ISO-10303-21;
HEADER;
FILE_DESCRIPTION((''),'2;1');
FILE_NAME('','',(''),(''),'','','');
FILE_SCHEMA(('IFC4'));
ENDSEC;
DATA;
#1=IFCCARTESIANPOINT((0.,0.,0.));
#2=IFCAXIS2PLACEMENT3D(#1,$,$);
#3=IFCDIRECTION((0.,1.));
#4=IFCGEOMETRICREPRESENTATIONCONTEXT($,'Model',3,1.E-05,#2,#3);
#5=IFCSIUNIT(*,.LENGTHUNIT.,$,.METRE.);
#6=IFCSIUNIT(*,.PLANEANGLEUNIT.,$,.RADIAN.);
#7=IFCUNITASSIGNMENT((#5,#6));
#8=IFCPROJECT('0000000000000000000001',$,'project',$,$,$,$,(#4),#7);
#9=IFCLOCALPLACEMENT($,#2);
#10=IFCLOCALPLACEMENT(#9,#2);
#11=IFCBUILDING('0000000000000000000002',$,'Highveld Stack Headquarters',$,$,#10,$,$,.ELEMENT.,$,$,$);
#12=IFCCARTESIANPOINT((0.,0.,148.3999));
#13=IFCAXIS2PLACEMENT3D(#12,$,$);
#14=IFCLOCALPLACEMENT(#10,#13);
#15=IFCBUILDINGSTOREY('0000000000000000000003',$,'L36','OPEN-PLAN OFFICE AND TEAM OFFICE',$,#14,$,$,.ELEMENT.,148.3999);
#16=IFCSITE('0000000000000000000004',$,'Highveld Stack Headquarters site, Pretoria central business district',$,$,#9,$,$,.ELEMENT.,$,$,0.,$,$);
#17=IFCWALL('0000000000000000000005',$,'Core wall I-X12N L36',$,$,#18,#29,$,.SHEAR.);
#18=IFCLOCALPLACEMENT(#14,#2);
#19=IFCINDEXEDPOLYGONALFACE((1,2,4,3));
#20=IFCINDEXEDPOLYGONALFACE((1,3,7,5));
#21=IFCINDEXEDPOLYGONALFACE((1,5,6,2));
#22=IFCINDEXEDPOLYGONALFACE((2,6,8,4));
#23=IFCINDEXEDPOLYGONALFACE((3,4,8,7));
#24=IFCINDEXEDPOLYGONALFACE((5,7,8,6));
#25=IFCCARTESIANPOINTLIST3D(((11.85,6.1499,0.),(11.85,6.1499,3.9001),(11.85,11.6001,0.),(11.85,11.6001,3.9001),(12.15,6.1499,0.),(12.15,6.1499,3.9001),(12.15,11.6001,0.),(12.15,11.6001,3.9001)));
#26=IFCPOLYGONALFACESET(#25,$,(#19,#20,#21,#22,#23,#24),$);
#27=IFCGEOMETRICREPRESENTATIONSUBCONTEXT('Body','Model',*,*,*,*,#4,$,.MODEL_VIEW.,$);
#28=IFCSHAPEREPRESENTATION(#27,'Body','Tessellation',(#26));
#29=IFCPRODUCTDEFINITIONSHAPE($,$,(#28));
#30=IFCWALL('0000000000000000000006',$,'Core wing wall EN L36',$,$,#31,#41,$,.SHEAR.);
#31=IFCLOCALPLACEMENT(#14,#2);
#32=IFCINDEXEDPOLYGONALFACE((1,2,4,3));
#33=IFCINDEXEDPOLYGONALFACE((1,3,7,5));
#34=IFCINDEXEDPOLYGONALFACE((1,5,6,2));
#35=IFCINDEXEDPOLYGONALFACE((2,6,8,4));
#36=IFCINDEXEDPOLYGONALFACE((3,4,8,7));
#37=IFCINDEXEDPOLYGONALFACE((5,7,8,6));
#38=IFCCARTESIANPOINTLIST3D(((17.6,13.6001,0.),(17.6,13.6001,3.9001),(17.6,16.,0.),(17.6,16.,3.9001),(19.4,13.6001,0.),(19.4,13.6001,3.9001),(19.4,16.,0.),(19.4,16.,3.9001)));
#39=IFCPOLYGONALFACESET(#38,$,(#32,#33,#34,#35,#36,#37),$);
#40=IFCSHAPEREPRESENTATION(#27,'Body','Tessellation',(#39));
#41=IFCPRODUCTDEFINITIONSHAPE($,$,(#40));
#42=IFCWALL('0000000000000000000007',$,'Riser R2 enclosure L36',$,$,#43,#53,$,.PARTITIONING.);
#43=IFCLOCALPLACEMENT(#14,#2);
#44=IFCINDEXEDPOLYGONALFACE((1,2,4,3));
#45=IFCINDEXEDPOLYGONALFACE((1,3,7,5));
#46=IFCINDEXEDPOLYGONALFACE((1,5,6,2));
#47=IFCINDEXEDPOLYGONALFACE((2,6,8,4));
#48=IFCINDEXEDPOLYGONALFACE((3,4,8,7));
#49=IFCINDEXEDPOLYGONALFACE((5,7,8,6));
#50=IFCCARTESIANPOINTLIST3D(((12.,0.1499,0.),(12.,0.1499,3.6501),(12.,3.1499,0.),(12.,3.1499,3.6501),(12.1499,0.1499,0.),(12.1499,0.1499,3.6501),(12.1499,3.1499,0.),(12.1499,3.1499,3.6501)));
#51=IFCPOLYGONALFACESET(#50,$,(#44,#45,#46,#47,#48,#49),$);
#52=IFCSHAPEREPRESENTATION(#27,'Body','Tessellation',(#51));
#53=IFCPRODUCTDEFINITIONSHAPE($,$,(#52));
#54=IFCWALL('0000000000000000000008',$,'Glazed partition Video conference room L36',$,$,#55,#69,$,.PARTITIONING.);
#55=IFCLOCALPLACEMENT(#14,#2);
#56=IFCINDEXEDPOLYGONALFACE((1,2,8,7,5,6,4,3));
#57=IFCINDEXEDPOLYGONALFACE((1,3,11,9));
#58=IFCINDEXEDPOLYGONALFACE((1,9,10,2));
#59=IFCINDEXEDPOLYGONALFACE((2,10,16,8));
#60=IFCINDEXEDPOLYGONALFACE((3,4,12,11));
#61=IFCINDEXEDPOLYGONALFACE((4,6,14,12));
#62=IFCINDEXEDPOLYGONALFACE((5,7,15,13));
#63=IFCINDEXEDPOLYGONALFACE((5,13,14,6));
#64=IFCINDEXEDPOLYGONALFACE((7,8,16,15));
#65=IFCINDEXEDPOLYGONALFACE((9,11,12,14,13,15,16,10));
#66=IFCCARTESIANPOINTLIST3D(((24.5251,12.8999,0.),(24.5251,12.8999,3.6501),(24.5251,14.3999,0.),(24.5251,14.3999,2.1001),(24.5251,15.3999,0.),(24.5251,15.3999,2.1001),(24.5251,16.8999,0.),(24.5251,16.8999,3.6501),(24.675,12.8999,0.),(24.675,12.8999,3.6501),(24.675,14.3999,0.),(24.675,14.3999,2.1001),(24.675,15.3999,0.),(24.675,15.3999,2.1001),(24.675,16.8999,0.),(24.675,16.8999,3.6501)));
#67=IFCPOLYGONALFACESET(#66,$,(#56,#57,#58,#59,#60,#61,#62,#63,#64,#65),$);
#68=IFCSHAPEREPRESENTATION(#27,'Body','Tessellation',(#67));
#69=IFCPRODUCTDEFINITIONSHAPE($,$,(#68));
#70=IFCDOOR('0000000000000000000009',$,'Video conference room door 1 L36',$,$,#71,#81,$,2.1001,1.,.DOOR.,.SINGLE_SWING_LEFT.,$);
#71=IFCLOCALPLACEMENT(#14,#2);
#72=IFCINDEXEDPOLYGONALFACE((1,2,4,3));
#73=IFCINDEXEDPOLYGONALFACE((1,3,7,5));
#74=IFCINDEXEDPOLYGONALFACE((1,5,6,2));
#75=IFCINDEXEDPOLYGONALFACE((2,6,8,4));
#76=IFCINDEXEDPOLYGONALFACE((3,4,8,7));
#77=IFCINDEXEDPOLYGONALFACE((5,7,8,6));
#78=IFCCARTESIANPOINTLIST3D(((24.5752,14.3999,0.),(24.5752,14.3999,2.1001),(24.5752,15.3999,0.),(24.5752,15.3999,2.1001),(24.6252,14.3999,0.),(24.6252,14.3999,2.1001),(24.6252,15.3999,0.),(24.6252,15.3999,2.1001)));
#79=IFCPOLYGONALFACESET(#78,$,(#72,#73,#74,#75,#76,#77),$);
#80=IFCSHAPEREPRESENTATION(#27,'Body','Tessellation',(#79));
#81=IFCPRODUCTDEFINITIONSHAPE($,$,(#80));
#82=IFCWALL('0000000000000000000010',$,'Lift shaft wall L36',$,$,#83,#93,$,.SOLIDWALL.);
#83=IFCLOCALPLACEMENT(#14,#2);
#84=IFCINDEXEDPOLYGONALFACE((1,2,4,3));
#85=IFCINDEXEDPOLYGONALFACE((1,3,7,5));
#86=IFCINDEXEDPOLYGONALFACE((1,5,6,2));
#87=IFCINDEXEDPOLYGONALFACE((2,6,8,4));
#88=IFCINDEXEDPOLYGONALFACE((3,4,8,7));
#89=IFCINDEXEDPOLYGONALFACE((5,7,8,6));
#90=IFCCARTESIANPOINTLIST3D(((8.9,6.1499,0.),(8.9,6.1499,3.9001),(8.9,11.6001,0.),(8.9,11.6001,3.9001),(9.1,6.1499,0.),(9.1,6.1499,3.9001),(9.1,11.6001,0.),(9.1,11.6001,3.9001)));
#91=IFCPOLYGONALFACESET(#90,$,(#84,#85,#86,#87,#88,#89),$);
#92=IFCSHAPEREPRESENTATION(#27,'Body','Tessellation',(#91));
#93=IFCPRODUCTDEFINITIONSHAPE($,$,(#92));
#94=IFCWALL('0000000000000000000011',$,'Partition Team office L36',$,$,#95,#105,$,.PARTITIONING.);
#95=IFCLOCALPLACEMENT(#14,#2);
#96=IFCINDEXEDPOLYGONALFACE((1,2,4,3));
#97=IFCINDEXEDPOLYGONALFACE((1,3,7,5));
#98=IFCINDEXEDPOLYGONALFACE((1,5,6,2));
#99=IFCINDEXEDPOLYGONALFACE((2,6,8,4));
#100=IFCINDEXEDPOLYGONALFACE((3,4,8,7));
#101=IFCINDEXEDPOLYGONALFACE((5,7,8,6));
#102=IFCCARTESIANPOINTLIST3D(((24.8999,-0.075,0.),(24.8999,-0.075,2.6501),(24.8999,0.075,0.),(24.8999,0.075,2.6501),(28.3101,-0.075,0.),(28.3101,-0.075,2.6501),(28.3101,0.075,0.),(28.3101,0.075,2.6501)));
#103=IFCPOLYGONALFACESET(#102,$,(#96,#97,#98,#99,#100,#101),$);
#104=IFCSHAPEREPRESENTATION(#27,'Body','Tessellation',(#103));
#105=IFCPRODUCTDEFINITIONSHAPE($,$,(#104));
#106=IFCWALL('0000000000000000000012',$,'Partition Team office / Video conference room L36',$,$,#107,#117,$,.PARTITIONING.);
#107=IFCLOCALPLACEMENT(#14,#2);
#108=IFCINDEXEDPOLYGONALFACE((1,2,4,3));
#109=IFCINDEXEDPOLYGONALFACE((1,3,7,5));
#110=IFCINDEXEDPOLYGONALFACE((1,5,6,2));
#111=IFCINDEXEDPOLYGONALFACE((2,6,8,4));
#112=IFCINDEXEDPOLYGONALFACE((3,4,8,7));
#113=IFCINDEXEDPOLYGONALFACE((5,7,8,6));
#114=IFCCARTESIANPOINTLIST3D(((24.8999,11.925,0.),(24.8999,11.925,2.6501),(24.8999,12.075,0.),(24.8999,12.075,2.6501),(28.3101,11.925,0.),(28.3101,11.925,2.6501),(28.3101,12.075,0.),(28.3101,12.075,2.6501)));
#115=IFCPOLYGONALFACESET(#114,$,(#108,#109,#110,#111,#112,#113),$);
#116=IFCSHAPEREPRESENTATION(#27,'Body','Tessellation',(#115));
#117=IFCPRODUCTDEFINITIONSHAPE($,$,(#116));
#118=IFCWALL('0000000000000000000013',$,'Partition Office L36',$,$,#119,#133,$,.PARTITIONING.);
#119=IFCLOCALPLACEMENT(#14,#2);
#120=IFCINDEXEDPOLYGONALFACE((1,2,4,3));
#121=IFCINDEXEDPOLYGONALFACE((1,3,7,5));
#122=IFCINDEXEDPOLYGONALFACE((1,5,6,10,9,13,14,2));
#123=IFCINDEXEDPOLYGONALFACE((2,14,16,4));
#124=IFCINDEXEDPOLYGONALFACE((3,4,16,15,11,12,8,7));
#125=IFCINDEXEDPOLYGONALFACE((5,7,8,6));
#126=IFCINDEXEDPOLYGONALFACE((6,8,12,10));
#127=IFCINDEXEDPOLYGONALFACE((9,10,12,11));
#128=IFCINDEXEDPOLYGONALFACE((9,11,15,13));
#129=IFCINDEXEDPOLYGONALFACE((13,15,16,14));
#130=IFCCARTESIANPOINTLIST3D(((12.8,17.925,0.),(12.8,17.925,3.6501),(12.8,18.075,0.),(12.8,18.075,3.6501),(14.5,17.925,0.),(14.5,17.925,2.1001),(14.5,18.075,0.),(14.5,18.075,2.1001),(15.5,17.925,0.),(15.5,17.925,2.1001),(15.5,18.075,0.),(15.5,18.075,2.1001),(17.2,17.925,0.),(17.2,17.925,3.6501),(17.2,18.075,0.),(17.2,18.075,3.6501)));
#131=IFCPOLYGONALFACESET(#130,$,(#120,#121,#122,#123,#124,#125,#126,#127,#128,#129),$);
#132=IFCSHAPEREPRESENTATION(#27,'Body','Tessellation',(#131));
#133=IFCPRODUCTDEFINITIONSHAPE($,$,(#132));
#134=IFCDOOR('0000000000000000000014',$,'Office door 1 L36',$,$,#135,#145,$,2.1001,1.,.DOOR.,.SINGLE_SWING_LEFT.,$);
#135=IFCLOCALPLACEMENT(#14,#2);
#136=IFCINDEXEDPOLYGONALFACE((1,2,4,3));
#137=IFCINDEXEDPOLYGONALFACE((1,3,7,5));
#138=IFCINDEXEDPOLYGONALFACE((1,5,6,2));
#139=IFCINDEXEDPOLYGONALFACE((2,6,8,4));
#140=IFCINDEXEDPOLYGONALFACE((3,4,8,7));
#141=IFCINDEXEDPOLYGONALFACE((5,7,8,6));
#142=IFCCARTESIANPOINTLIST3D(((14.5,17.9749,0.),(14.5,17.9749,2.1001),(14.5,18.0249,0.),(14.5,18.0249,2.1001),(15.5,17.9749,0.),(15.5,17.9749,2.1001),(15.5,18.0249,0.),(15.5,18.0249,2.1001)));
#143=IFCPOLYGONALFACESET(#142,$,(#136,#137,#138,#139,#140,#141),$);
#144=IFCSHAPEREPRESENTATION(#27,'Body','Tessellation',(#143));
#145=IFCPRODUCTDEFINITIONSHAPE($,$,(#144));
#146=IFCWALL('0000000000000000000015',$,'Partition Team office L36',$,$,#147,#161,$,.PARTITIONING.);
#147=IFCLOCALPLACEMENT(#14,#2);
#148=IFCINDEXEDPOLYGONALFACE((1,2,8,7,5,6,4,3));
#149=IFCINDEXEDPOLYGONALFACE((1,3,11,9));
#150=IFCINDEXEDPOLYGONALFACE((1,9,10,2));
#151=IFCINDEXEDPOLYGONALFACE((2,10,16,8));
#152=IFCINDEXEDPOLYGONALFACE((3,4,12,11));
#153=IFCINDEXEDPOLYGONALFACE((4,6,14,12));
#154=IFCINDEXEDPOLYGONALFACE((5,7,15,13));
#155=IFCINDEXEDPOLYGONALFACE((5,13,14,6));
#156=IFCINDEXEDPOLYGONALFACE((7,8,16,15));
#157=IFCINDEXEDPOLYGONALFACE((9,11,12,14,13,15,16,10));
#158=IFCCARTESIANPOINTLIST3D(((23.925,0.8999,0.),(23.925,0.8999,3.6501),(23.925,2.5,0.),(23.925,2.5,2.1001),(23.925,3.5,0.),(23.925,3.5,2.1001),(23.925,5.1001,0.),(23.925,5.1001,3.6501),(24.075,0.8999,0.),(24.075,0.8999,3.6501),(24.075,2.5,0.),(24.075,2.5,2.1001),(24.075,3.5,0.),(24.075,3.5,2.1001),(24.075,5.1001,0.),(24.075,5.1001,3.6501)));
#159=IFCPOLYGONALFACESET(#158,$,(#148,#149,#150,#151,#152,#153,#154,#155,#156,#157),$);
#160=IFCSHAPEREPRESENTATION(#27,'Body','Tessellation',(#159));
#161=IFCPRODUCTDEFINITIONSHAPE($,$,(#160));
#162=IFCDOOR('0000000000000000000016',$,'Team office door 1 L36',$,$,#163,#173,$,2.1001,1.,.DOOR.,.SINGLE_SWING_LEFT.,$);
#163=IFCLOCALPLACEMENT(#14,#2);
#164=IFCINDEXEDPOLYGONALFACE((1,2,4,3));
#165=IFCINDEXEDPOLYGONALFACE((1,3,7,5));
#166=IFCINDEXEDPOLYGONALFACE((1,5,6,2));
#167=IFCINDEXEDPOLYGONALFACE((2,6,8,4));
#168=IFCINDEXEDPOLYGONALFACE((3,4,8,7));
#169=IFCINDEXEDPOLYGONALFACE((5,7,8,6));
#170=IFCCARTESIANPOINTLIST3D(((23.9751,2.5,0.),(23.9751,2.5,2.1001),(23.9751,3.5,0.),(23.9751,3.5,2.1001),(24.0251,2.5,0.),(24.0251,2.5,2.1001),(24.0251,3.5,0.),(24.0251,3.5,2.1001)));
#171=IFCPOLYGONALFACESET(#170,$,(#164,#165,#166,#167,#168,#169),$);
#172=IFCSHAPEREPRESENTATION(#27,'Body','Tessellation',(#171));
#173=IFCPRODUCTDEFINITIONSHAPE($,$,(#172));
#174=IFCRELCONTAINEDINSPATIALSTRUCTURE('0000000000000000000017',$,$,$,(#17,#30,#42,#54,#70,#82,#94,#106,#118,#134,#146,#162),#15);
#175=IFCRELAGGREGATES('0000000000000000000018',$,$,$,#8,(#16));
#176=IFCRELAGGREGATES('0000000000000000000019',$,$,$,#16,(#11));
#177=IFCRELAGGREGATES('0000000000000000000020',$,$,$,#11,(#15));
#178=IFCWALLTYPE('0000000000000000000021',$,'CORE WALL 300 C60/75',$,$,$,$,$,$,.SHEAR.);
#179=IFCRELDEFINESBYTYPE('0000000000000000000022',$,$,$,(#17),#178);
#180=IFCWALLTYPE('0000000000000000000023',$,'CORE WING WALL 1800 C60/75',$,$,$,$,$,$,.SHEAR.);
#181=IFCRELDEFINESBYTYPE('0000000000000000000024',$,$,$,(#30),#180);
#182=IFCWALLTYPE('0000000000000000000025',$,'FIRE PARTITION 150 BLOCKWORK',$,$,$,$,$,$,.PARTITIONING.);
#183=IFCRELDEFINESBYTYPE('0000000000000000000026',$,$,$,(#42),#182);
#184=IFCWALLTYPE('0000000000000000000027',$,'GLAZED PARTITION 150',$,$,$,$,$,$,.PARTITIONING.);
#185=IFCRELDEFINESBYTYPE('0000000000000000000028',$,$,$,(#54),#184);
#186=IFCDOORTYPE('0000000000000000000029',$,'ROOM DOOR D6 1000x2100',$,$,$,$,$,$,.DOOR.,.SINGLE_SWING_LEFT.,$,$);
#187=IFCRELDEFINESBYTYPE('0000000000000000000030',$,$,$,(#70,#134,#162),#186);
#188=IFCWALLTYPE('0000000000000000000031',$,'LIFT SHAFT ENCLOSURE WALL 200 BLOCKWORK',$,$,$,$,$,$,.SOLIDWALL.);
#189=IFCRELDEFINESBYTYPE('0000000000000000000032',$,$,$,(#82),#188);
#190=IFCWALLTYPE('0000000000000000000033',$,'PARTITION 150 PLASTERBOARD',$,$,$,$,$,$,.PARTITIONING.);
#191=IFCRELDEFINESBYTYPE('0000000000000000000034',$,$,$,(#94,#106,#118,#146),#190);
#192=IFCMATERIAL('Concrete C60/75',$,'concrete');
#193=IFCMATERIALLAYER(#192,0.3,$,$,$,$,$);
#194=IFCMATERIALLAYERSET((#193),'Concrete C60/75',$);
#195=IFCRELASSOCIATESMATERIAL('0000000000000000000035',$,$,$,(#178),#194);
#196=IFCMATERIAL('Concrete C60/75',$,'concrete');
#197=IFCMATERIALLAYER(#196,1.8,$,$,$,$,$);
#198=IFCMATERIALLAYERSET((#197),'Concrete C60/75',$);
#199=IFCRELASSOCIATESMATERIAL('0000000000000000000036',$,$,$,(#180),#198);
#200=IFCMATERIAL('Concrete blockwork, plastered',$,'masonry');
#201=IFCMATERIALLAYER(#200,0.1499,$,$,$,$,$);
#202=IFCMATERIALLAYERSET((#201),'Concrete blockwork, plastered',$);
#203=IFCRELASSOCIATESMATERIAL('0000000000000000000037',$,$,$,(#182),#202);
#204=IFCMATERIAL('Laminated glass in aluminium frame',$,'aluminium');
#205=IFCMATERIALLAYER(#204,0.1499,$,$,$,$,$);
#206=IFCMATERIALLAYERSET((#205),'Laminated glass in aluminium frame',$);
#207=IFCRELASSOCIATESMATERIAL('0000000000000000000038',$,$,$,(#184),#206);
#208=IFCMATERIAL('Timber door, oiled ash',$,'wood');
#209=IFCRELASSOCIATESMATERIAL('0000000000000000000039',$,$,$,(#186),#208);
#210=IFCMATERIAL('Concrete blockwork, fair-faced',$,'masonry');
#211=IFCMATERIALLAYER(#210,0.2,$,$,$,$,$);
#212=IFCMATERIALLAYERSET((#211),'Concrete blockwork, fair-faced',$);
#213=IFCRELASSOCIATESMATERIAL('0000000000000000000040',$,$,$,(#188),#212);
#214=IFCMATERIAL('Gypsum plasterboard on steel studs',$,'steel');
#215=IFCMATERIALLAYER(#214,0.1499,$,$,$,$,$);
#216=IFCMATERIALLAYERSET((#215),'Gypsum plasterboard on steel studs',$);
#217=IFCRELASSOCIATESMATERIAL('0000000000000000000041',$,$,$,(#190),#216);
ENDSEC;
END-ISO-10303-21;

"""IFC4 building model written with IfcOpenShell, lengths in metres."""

from ifc_helpers import new_model, si_unit, direction, frame, frame_2d, origin, place, context, subcontext, project, spatial, rectangle, extrude, material, layer, layer_set, type_object, element, fill, save


model = new_model("IFC4")

# Units and contexts
model_context = context("Model", 3, precision=1e-05, world=origin(), true_north=direction((0.0, 1.0)))
body_context = subcontext(model_context, "Body", "Model", "MODEL_VIEW")
ifc_project = project(units=[si_unit("LENGTHUNIT", "METRE"), si_unit("PLANEANGLEUNIT", "RADIAN")], contexts=[model_context])

# Site, building, storey
site_placement = place(None, origin())
site = spatial("IfcSite", under=ifc_project, at=site_placement, Name="Highveld Stack Headquarters site, Pretoria central business district", CompositionType="ELEMENT", RefElevation=0.0)
building_placement = place(site_placement, origin())
building = spatial("IfcBuilding", under=site, at=building_placement, Name="Highveld Stack Headquarters", CompositionType="ELEMENT")
storey_placement = place(building_placement, frame((0.0, 0.0, 148.3999)))
storey = spatial("IfcBuildingStorey", under=building, at=storey_placement, Name="L36", Description="OPEN-PLAN OFFICE AND TEAM OFFICE", CompositionType="ELEMENT", Elevation=148.3999)

# Shared definitions
ifc_material_1 = material(Name="Concrete C60/75", Category="concrete")
ifc_layer_1 = layer(ifc_material_1, 0.3)
ifc_layer_set_1 = layer_set([ifc_layer_1], Name="Concrete C60/75")
wall_type_1 = type_object("IfcWallType", Name="CORE WALL 300 C60/75", PredefinedType="SHEAR", material=ifc_layer_set_1)

# Walls
wall_1_placement = place(storey_placement, frame((12.0, 6.1499, 0.0), z_axis=(0.0, 0.0, 1.0), x_axis=(0.0, 1.0, 0.0)))
element("IfcWall", 1, at=wall_1_placement, inside=storey, type_object=wall_type_1, Name="Core wall I-X12N L36", PredefinedType="SHEAR", context=body_context, shape_type="SweptSolid", body=[
    extrude(rectangle(XDim=5.4502, YDim=0.3, at=frame_2d((2.7251, 0.0))), origin(), (0.0, 0.0, 1.0), 3.9001),
])
ifc_material_2 = material(Name="Concrete C60/75", Category="concrete")
ifc_layer_2 = layer(ifc_material_2, 1.8)
ifc_layer_set_2 = layer_set([ifc_layer_2], Name="Concrete C60/75")
wall_type_2 = type_object("IfcWallType", Name="CORE WING WALL 1800 C60/75", PredefinedType="SHEAR", material=ifc_layer_set_2)
wall_2_placement = place(storey_placement, frame((18.5, 13.6001, 0.0), z_axis=(0.0, 0.0, 1.0), x_axis=(0.0, 1.0, 0.0)))
element("IfcWall", 2, at=wall_2_placement, inside=storey, type_object=wall_type_2, Name="Core wing wall EN L36", PredefinedType="SHEAR", context=body_context, shape_type="SweptSolid", body=[
    extrude(rectangle(XDim=2.3999, YDim=1.8, at=frame_2d((1.2, 0.0))), origin(), (0.0, 0.0, 1.0), 3.9001),
])
ifc_material_3 = material(Name="Concrete blockwork, plastered", Category="masonry")
ifc_layer_3 = layer(ifc_material_3, 0.1499)
ifc_layer_set_3 = layer_set([ifc_layer_3], Name="Concrete blockwork, plastered")
wall_type_3 = type_object("IfcWallType", Name="FIRE PARTITION 150 BLOCKWORK", PredefinedType="PARTITIONING", material=ifc_layer_set_3)
wall_3_placement = place(storey_placement, frame((12.075, 0.1499, 0.0), z_axis=(0.0, 0.0, 1.0), x_axis=(0.0, 1.0, 0.0)))
element("IfcWall", 3, at=wall_3_placement, inside=storey, type_object=wall_type_3, Name="Riser R2 enclosure L36", PredefinedType="PARTITIONING", context=body_context, shape_type="SweptSolid", body=[
    extrude(rectangle(XDim=3.0, YDim=0.1499, at=frame_2d((1.5, 0.0))), origin(), (0.0, 0.0, 1.0), 3.6501),
])

# Wall, opening, door
ifc_material_4 = material(Name="Laminated glass in aluminium frame", Category="aluminium")
ifc_layer_4 = layer(ifc_material_4, 0.1499)
ifc_layer_set_4 = layer_set([ifc_layer_4], Name="Laminated glass in aluminium frame")
wall_type_4 = type_object("IfcWallType", Name="GLAZED PARTITION 150", PredefinedType="PARTITIONING", material=ifc_layer_set_4)
wall_4_placement = place(storey_placement, frame((24.6001, 12.8999, 0.0), z_axis=(0.0, 0.0, 1.0), x_axis=(0.0, 1.0, 0.0)))
wall_4 = element("IfcWall", 4, at=wall_4_placement, inside=storey, type_object=wall_type_4, Name="Glazed partition Video conference room L36", PredefinedType="PARTITIONING", context=body_context, shape_type="SweptSolid", body=[
    extrude(rectangle(XDim=4.0, YDim=0.1499, at=frame_2d((2.0, 0.0))), origin(), (0.0, 0.0, 1.0), 3.6501),
])
opening_1_placement = place(wall_4_placement, frame((1.5, 0.0, 0.0)))
opening_1 = element("IfcOpeningElement", 5, at=opening_1_placement, cuts=wall_4, PredefinedType="OPENING", context=body_context, shape_type="SweptSolid", body=[
    extrude(rectangle(XDim=1.0, YDim=2.1001, at=frame_2d((0.5, 1.05))), frame((0.0, 0.085, 0.0), z_axis=(0.0, -1.0, 0.0), x_axis=(1.0, 0.0, 0.0)), (0.0, 0.0, 1.0), 0.1699),
])
ifc_material_5 = material(Name="Timber door, oiled ash", Category="wood")
door_type_1 = type_object("IfcDoorType", Name="ROOM DOOR D6 1000x2100", OperationType="SINGLE_SWING_LEFT", PredefinedType="DOOR", material=ifc_material_5)
door_1_placement = place(opening_1_placement, origin())
door_1 = element("IfcDoor", 6, at=door_1_placement, inside=storey, type_object=door_type_1, Name="Video conference room door 1 L36", OperationType="SINGLE_SWING_LEFT", OverallHeight=2.1001, OverallWidth=1.0, PredefinedType="DOOR", context=body_context, shape_type="SweptSolid", body=[
    extrude(rectangle(XDim=1.0, YDim=2.1001, at=frame_2d((0.5, 1.05))), frame((0.0, 0.0249, 0.0), z_axis=(0.0, -1.0, 0.0), x_axis=(1.0, 0.0, 0.0)), (0.0, 0.0, 1.0), 0.05),
])
fill(opening_1, door_1)

# Walls
ifc_material_6 = material(Name="Concrete blockwork, fair-faced", Category="masonry")
ifc_layer_5 = layer(ifc_material_6, 0.2)
ifc_layer_set_5 = layer_set([ifc_layer_5], Name="Concrete blockwork, fair-faced")
wall_type_5 = type_object("IfcWallType", Name="LIFT SHAFT ENCLOSURE WALL 200 BLOCKWORK", PredefinedType="SOLIDWALL", material=ifc_layer_set_5)
wall_5_placement = place(storey_placement, frame((9.0, 6.1499, 0.0), z_axis=(0.0, 0.0, 1.0), x_axis=(0.0, 1.0, 0.0)))
element("IfcWall", 7, at=wall_5_placement, inside=storey, type_object=wall_type_5, Name="Lift shaft wall L36", PredefinedType="SOLIDWALL", context=body_context, shape_type="SweptSolid", body=[
    extrude(rectangle(XDim=5.4502, YDim=0.2, at=frame_2d((2.7251, 0.0))), origin(), (0.0, 0.0, 1.0), 3.9001),
])
ifc_material_7 = material(Name="Gypsum plasterboard on steel studs", Category="steel")
ifc_layer_6 = layer(ifc_material_7, 0.1499)
ifc_layer_set_6 = layer_set([ifc_layer_6], Name="Gypsum plasterboard on steel studs")
wall_type_6 = type_object("IfcWallType", Name="PARTITION 150 PLASTERBOARD", PredefinedType="PARTITIONING", material=ifc_layer_set_6)
for number, where, z_axis, x_axis, name in (
    (8, (24.8999, 0.0, 0.0), (0.0, 0.0, 1.0), (1.0, 0.0, 0.0), "Partition Team office L36"),
    (9, (24.8999, 12.0, 0.0), (0.0, 0.0, 1.0), (1.0, 0.0, 0.0), "Partition Team office / Video conference room L36"),
):
    element("IfcWall", number, at=place(storey_placement, frame(where, z_axis=z_axis, x_axis=x_axis)), inside=storey, type_object=wall_type_6, Name=name, PredefinedType="PARTITIONING", context=body_context, shape_type="SweptSolid", body=[
        extrude(rectangle(XDim=3.4102, YDim=0.1499, at=frame_2d((1.7051, 0.0))), origin(), (0.0, 0.0, 1.0), 2.6501),
    ])

# Walls, openings, doors
wall_6_placement = place(storey_placement, frame((12.8, 18.0, 0.0), z_axis=(0.0, 0.0, 1.0), x_axis=(1.0, 0.0, 0.0)))
wall_6 = element("IfcWall", 10, at=wall_6_placement, inside=storey, type_object=wall_type_6, Name="Partition Office L36", PredefinedType="PARTITIONING", context=body_context, shape_type="SweptSolid", body=[
    extrude(rectangle(XDim=4.3999, YDim=0.1499, at=frame_2d((2.2, 0.0))), origin(), (0.0, 0.0, 1.0), 3.6501),
])
opening_2_placement = place(wall_6_placement, frame((1.7, 0.0, 0.0)))
opening_2 = element("IfcOpeningElement", 11, at=opening_2_placement, cuts=wall_6, PredefinedType="OPENING", context=body_context, shape_type="SweptSolid", body=[
    extrude(rectangle(XDim=1.0, YDim=2.1001, at=frame_2d((0.5, 1.05))), frame((0.0, 0.085, 0.0), z_axis=(0.0, -1.0, 0.0), x_axis=(1.0, 0.0, 0.0)), (0.0, 0.0, 1.0), 0.1699),
])
door_2_placement = place(opening_2_placement, origin())
door_2 = element("IfcDoor", 12, at=door_2_placement, inside=storey, type_object=door_type_1, Name="Office door 1 L36", OperationType="SINGLE_SWING_LEFT", OverallHeight=2.1001, OverallWidth=1.0, PredefinedType="DOOR", context=body_context, shape_type="SweptSolid", body=[
    extrude(rectangle(XDim=1.0, YDim=2.1001, at=frame_2d((0.5, 1.05))), frame((0.0, 0.0249, 0.0), z_axis=(0.0, -1.0, 0.0), x_axis=(1.0, 0.0, 0.0)), (0.0, 0.0, 1.0), 0.05),
])
fill(opening_2, door_2)
wall_7_placement = place(storey_placement, frame((24.0, 0.8999, 0.0), z_axis=(0.0, 0.0, 1.0), x_axis=(0.0, 1.0, 0.0)))
wall_7 = element("IfcWall", 13, at=wall_7_placement, inside=storey, type_object=wall_type_6, Name="Partition Team office L36", PredefinedType="PARTITIONING", context=body_context, shape_type="SweptSolid", body=[
    extrude(rectangle(XDim=4.2002, YDim=0.1499, at=frame_2d((2.1001, 0.0))), origin(), (0.0, 0.0, 1.0), 3.6501),
])
opening_3_placement = place(wall_7_placement, frame((1.6001, 0.0, 0.0)))
opening_3 = element("IfcOpeningElement", 14, at=opening_3_placement, cuts=wall_7, PredefinedType="OPENING", context=body_context, shape_type="SweptSolid", body=[
    extrude(rectangle(XDim=1.0, YDim=2.1001, at=frame_2d((0.5, 1.05))), frame((0.0, 0.085, 0.0), z_axis=(0.0, -1.0, 0.0), x_axis=(1.0, 0.0, 0.0)), (0.0, 0.0, 1.0), 0.1699),
])
door_3_placement = place(opening_3_placement, origin())
door_3 = element("IfcDoor", 15, at=door_3_placement, inside=storey, type_object=door_type_1, Name="Team office door 1 L36", OperationType="SINGLE_SWING_LEFT", OverallHeight=2.1001, OverallWidth=1.0, PredefinedType="DOOR", context=body_context, shape_type="SweptSolid", body=[
    extrude(rectangle(XDim=1.0, YDim=2.1001, at=frame_2d((0.5, 1.05))), frame((0.0, 0.0249, 0.0), z_axis=(0.0, -1.0, 0.0), x_axis=(1.0, 0.0, 0.0)), (0.0, 0.0, 1.0), 0.05),
])
fill(opening_3, door_3)

save(model, "model.ifc")
